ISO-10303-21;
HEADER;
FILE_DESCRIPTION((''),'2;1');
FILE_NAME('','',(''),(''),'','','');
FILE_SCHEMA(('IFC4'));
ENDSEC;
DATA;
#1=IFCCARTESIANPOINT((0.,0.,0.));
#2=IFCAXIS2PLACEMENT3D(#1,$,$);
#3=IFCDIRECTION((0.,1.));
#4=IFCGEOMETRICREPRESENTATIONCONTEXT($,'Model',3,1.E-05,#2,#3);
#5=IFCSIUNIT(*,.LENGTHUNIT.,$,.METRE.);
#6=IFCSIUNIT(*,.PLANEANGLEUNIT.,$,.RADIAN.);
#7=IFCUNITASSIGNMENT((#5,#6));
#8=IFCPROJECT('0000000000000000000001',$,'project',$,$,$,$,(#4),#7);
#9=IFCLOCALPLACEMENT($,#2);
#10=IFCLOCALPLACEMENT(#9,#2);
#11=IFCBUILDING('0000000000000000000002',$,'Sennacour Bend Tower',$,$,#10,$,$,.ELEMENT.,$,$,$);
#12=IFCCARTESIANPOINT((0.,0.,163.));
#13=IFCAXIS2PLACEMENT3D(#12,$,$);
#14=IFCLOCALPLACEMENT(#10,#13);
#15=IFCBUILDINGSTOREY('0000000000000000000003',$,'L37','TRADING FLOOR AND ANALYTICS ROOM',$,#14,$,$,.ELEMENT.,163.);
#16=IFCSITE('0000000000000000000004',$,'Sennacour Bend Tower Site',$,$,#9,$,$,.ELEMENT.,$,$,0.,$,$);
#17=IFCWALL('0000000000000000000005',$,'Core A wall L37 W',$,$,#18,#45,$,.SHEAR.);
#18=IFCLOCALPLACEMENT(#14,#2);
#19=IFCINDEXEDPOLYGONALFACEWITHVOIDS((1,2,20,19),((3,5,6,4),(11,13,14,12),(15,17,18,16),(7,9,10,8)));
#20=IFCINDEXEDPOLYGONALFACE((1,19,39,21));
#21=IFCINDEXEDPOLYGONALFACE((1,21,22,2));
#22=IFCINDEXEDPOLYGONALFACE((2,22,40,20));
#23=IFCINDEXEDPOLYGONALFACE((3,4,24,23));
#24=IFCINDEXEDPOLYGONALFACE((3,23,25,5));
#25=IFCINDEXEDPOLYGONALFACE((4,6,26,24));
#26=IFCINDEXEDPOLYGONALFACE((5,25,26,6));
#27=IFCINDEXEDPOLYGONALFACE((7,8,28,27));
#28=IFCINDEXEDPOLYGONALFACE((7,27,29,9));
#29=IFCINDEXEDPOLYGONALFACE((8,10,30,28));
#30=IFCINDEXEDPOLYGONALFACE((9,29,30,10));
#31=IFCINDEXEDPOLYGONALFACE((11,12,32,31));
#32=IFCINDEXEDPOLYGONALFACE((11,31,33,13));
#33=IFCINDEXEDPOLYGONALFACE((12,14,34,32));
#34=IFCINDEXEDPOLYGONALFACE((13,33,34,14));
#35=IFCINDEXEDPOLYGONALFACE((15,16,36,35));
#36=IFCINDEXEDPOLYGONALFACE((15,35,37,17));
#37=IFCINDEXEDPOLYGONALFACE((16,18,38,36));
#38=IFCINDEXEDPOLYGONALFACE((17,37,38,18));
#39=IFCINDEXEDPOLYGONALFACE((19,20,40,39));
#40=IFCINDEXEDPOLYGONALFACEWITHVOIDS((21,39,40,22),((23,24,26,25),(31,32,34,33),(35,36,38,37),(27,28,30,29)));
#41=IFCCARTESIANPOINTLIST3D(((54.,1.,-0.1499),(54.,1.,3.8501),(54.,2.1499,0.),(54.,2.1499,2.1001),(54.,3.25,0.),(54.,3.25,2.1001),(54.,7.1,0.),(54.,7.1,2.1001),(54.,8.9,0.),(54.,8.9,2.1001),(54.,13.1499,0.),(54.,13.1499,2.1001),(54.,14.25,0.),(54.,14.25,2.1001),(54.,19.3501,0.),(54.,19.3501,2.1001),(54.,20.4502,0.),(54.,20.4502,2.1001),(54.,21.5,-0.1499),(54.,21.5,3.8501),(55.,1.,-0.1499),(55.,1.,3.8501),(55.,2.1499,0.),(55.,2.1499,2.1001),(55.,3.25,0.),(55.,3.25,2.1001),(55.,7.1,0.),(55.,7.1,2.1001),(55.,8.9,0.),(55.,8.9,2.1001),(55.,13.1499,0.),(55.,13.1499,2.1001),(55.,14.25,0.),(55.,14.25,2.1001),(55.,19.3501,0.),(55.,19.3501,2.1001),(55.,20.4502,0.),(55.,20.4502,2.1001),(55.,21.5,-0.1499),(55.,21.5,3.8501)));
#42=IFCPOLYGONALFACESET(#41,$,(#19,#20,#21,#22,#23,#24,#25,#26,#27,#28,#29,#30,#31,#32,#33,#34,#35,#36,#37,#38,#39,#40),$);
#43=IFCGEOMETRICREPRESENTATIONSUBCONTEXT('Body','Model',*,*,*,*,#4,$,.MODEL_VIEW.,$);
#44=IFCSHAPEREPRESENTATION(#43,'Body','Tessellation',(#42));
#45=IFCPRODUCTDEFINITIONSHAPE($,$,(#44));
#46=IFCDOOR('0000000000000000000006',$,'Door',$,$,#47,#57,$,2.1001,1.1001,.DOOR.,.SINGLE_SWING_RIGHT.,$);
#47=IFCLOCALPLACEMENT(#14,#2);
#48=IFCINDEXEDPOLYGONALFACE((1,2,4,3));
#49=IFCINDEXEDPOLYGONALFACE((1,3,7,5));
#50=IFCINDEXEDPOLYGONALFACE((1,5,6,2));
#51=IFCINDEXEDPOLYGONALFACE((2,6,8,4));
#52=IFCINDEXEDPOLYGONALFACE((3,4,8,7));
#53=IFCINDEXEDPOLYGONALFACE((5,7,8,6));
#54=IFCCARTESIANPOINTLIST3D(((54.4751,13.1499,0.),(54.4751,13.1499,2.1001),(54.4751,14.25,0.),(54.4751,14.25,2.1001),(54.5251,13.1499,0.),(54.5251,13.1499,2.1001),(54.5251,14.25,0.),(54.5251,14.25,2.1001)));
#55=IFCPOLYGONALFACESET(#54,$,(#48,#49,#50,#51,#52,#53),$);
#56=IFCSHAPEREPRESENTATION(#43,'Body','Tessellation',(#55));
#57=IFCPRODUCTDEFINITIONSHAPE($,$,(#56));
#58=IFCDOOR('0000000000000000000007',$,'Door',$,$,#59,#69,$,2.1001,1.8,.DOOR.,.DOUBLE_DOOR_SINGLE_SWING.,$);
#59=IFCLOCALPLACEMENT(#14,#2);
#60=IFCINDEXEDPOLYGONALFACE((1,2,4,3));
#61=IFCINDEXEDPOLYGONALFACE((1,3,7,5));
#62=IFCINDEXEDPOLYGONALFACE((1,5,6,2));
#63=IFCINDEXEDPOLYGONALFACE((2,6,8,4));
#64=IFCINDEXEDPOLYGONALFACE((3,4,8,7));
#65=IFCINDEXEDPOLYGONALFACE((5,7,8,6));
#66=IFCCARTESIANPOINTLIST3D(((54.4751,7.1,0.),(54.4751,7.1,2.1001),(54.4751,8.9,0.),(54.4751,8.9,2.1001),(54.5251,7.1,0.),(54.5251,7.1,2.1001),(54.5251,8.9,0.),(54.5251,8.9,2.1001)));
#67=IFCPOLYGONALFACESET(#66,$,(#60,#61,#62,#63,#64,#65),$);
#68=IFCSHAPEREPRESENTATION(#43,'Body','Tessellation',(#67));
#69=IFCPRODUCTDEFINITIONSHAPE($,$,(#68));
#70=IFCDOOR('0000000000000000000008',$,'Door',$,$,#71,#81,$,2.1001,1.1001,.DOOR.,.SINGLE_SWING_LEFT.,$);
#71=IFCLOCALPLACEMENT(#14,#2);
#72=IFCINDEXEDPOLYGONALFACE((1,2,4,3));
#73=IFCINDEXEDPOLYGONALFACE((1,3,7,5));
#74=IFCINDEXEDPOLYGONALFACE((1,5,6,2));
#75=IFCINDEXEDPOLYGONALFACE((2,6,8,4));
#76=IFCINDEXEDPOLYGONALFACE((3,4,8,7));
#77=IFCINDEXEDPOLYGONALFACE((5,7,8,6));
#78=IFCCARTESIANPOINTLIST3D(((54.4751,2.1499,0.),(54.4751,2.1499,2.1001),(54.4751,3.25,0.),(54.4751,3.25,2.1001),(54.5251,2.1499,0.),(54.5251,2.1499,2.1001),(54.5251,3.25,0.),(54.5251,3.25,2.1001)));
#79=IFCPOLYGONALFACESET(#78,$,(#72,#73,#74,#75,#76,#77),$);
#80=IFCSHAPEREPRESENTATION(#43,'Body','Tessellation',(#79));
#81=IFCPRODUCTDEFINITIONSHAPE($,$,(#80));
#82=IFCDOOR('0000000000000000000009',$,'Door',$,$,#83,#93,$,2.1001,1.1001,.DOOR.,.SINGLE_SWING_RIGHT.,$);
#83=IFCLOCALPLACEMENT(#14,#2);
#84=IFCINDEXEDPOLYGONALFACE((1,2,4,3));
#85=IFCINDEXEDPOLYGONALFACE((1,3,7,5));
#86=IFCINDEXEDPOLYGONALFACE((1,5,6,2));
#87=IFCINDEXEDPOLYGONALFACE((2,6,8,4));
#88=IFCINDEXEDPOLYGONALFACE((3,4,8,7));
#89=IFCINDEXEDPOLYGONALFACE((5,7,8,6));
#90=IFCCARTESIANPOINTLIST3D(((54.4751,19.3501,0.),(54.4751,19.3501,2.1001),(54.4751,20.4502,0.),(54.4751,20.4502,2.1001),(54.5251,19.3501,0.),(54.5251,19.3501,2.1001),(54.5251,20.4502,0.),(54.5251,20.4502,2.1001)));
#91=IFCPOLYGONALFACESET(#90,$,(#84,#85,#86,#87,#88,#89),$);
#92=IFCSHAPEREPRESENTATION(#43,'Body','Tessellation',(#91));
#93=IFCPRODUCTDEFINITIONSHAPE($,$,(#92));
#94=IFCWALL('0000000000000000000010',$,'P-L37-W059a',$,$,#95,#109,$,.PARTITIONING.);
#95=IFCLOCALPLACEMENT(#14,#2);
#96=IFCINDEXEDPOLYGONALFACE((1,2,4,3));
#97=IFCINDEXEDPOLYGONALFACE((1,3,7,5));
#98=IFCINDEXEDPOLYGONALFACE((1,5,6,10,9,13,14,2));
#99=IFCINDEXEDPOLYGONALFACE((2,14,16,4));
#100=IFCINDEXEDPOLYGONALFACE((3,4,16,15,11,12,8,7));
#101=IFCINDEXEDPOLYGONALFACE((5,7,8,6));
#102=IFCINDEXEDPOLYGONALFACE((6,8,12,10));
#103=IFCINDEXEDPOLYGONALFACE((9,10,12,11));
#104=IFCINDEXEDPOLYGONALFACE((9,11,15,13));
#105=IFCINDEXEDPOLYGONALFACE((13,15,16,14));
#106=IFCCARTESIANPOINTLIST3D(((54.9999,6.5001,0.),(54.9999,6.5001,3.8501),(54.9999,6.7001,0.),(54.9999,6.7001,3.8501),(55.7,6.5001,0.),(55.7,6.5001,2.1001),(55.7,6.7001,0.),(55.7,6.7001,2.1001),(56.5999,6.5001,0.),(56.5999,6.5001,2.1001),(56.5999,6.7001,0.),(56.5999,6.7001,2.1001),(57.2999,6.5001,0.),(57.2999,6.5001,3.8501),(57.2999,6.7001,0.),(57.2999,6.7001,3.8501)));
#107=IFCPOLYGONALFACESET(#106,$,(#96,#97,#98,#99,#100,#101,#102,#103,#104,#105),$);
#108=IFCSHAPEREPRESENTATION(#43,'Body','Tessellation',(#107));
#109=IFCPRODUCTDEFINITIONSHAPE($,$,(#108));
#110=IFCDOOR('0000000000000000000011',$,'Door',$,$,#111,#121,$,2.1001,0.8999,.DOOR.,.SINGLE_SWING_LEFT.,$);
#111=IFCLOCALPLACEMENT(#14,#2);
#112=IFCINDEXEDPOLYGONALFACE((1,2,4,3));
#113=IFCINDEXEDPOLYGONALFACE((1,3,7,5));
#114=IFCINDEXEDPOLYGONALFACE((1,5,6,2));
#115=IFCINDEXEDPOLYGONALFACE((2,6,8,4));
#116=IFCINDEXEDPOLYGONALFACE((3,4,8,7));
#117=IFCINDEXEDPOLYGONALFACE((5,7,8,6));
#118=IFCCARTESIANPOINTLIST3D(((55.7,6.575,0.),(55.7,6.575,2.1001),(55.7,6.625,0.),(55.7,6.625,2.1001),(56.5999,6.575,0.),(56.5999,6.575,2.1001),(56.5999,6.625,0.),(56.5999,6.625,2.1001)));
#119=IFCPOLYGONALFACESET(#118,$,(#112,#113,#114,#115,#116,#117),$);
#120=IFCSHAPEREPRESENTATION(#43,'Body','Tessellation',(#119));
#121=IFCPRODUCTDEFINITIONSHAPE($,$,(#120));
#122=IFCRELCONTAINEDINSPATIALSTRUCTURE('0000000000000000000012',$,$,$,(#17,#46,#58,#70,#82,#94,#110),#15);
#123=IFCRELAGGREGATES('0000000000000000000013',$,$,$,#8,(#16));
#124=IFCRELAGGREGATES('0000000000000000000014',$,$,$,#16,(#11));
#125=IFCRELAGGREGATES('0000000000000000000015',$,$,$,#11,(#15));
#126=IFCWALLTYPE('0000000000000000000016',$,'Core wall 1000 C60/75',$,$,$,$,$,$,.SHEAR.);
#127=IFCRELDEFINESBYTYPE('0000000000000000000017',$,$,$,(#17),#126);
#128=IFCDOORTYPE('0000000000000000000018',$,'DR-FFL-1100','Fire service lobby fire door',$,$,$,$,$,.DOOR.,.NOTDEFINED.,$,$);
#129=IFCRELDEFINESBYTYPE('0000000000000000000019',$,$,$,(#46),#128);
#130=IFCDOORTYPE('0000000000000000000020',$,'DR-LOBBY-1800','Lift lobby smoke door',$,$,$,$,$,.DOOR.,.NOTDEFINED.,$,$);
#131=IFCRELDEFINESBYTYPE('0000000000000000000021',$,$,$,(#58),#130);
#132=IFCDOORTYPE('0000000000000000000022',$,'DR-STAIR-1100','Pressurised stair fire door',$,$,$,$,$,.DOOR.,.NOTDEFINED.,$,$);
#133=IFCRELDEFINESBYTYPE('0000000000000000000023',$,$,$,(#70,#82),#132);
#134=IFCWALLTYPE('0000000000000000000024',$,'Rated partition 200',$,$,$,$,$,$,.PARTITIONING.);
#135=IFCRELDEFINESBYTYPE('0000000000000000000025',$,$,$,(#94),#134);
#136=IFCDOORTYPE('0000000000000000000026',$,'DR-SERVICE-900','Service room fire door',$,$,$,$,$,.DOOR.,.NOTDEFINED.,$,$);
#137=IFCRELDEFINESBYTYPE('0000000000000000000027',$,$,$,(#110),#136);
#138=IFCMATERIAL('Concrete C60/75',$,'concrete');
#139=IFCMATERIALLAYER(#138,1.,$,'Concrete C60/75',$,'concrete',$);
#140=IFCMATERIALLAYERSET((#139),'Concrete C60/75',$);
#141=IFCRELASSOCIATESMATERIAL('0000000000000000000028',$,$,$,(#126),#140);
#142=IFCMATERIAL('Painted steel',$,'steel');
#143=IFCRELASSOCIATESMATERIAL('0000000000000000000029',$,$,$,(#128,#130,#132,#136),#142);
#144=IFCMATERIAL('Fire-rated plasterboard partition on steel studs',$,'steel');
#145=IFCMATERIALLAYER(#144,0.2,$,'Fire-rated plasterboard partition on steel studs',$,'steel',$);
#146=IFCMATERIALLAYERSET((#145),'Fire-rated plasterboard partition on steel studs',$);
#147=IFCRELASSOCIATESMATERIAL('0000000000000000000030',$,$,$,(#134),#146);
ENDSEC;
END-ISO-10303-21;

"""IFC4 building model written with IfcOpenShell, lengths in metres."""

from ifc_helpers import new_model, si_unit, direction, frame, frame_2d, origin, place, context, subcontext, project, spatial, rectangle, extrude, material, layer, layer_set, type_object, element, fill, save


model = new_model("IFC4")

# Units and contexts
model_context = context("Model", 3, precision=1e-05, world=origin(), true_north=direction((0.0, 1.0)))
body_context = subcontext(model_context, "Body", "Model", "MODEL_VIEW")
ifc_project = project(units=[si_unit("LENGTHUNIT", "METRE"), si_unit("PLANEANGLEUNIT", "RADIAN")], contexts=[model_context])

# Site, building, storey
site_placement = place(None, origin())
site = spatial("IfcSite", under=ifc_project, at=site_placement, Name="Sennacour Bend Tower Site", CompositionType="ELEMENT", RefElevation=0.0)
building_placement = place(site_placement, origin())
building = spatial("IfcBuilding", under=site, at=building_placement, Name="Sennacour Bend Tower", CompositionType="ELEMENT")
storey_placement = place(building_placement, frame((0.0, 0.0, 163.0)))
storey = spatial("IfcBuildingStorey", under=building, at=storey_placement, Name="L37", Description="TRADING FLOOR AND ANALYTICS ROOM", CompositionType="ELEMENT", Elevation=163.0)

# Wall, openings, doors
ifc_material_1 = material(Name="Concrete C60/75", Category="concrete")
ifc_layer_1 = layer(ifc_material_1, 1.0, Name="Concrete C60/75", Category="concrete")
ifc_layer_set_1 = layer_set([ifc_layer_1], Name="Concrete C60/75")
wall_type_1 = type_object("IfcWallType", Name="Core wall 1000 C60/75", PredefinedType="SHEAR", material=ifc_layer_set_1)
wall_1_placement = place(storey_placement, frame((54.5, 1.0, -0.1499), z_axis=(0.0, 0.0, 1.0), x_axis=(0.0, 1.0, 0.0)))
wall_1 = element("IfcWall", 1, at=wall_1_placement, inside=storey, type_object=wall_type_1, Name="Core A wall L37 W", PredefinedType="SHEAR", context=body_context, shape_type="SweptSolid", body=[
    extrude(rectangle(XDim=20.5, YDim=1.0, at=frame_2d((10.25, 0.0))), origin(), (0.0, 0.0, 1.0), 4.0),
])
opening_1_placement = place(wall_1_placement, frame((6.1001, 0.0, 0.1499)))
opening_1 = element("IfcOpeningElement", 2, at=opening_1_placement, cuts=wall_1, PredefinedType="OPENING", context=body_context, shape_type="SweptSolid", body=[
    extrude(rectangle(XDim=1.8, YDim=2.1001, at=frame_2d((0.8999, 1.05))), frame((0.0, 0.51, 0.0), z_axis=(0.0, -1.0, 0.0), x_axis=(1.0, 0.0, 0.0)), (0.0, 0.0, 1.0), 1.02),
])
opening_2_placement = place(wall_1_placement, frame((12.1499, 0.0, 0.1499)))
opening_2 = element("IfcOpeningElement", 3, at=opening_2_placement, cuts=wall_1, PredefinedType="OPENING", context=body_context, shape_type="SweptSolid", body=[
    extrude(rectangle(XDim=1.1001, YDim=2.1001, at=frame_2d((0.55, 1.05))), frame((0.0, 0.51, 0.0), z_axis=(0.0, -1.0, 0.0), x_axis=(1.0, 0.0, 0.0)), (0.0, 0.0, 1.0), 1.02),
])
opening_3_placement = place(wall_1_placement, frame((1.1499, 0.0, 0.1499)))
opening_3 = element("IfcOpeningElement", 4, at=opening_3_placement, cuts=wall_1, PredefinedType="OPENING", context=body_context, shape_type="SweptSolid", body=[
    extrude(rectangle(XDim=1.1001, YDim=2.1001, at=frame_2d((0.55, 1.05))), frame((0.0, 0.51, 0.0), z_axis=(0.0, -1.0, 0.0), x_axis=(1.0, 0.0, 0.0)), (0.0, 0.0, 1.0), 1.02),
])
opening_4_placement = place(wall_1_placement, frame((18.3501, 0.0, 0.1499)))
opening_4 = element("IfcOpeningElement", 5, at=opening_4_placement, cuts=wall_1, PredefinedType="OPENING", context=body_context, shape_type="SweptSolid", body=[
    extrude(rectangle(XDim=1.1001, YDim=2.1001, at=frame_2d((0.55, 1.05))), frame((0.0, 0.51, 0.0), z_axis=(0.0, -1.0, 0.0), x_axis=(1.0, 0.0, 0.0)), (0.0, 0.0, 1.0), 1.02),
])
ifc_material_2 = material(Name="Painted steel", Category="steel")
door_type_1 = type_object("IfcDoorType", Name="DR-FFL-1100", Description="Fire service lobby fire door", OperationType="NOTDEFINED", PredefinedType="DOOR", material=ifc_material_2)
door_1_placement = place(opening_2_placement, origin())
door_1 = element("IfcDoor", 6, at=door_1_placement, inside=storey, type_object=door_type_1, Name="Door", OperationType="SINGLE_SWING_RIGHT", OverallHeight=2.1001, OverallWidth=1.1001, PredefinedType="DOOR", context=body_context, shape_type="SweptSolid", body=[
    extrude(rectangle(XDim=1.1001, YDim=2.1001, at=frame_2d((0.55, 1.05))), frame((0.0, 0.0249, 0.0), z_axis=(0.0, -1.0, 0.0), x_axis=(1.0, 0.0, 0.0)), (0.0, 0.0, 1.0), 0.05),
])
fill(opening_2, door_1)
door_type_2 = type_object("IfcDoorType", Name="DR-LOBBY-1800", Description="Lift lobby smoke door", OperationType="NOTDEFINED", PredefinedType="DOOR", material=ifc_material_2)
door_2_placement = place(opening_1_placement, origin())
door_2 = element("IfcDoor", 7, at=door_2_placement, inside=storey, type_object=door_type_2, Name="Door", OperationType="DOUBLE_DOOR_SINGLE_SWING", OverallHeight=2.1001, OverallWidth=1.8, PredefinedType="DOOR", context=body_context, shape_type="SweptSolid", body=[
    extrude(rectangle(XDim=1.8, YDim=2.1001, at=frame_2d((0.8999, 1.05))), frame((0.0, 0.0249, 0.0), z_axis=(0.0, -1.0, 0.0), x_axis=(1.0, 0.0, 0.0)), (0.0, 0.0, 1.0), 0.05),
])
fill(opening_1, door_2)
door_type_3 = type_object("IfcDoorType", Name="DR-STAIR-1100", Description="Pressurised stair fire door", OperationType="NOTDEFINED", PredefinedType="DOOR", material=ifc_material_2)
door_3_placement = place(opening_3_placement, origin())
door_3 = element("IfcDoor", 8, at=door_3_placement, inside=storey, type_object=door_type_3, Name="Door", OperationType="SINGLE_SWING_LEFT", OverallHeight=2.1001, OverallWidth=1.1001, PredefinedType="DOOR", context=body_context, shape_type="SweptSolid", body=[
    extrude(rectangle(XDim=1.1001, YDim=2.1001, at=frame_2d((0.55, 1.05))), frame((0.0, 0.0249, 0.0), z_axis=(0.0, -1.0, 0.0), x_axis=(1.0, 0.0, 0.0)), (0.0, 0.0, 1.0), 0.05),
])
fill(opening_3, door_3)
door_4_placement = place(opening_4_placement, origin())
door_4 = element("IfcDoor", 9, at=door_4_placement, inside=storey, type_object=door_type_3, Name="Door", OperationType="SINGLE_SWING_RIGHT", OverallHeight=2.1001, OverallWidth=1.1001, PredefinedType="DOOR", context=body_context, shape_type="SweptSolid", body=[
    extrude(rectangle(XDim=1.1001, YDim=2.1001, at=frame_2d((0.55, 1.05))), frame((0.0, 0.0249, 0.0), z_axis=(0.0, -1.0, 0.0), x_axis=(1.0, 0.0, 0.0)), (0.0, 0.0, 1.0), 0.05),
])
fill(opening_4, door_4)

# Wall, opening, door
ifc_material_3 = material(Name="Fire-rated plasterboard partition on steel studs", Category="steel")
ifc_layer_2 = layer(ifc_material_3, 0.2, Name="Fire-rated plasterboard partition on steel studs", Category="steel")
ifc_layer_set_2 = layer_set([ifc_layer_2], Name="Fire-rated plasterboard partition on steel studs")
wall_type_2 = type_object("IfcWallType", Name="Rated partition 200", PredefinedType="PARTITIONING", material=ifc_layer_set_2)
wall_2_placement = place(storey_placement, frame((55.0, 6.6001, 0.0), z_axis=(0.0, 0.0, 1.0), x_axis=(1.0, 0.0, 0.0)))
wall_2 = element("IfcWall", 10, at=wall_2_placement, inside=storey, type_object=wall_type_2, Name="P-L37-W059a", PredefinedType="PARTITIONING", context=body_context, shape_type="SweptSolid", body=[
    extrude(rectangle(XDim=2.3, YDim=0.2, at=frame_2d((1.1499, 0.0))), origin(), (0.0, 0.0, 1.0), 3.8501),
])
opening_5_placement = place(wall_2_placement, frame((0.7, 0.0, 0.0)))
opening_5 = element("IfcOpeningElement", 11, at=opening_5_placement, cuts=wall_2, PredefinedType="OPENING", context=body_context, shape_type="SweptSolid", body=[
    extrude(rectangle(XDim=0.8999, YDim=2.1001, at=frame_2d((0.45, 1.05))), frame((0.0, 0.1099, 0.0), z_axis=(0.0, -1.0, 0.0), x_axis=(1.0, 0.0, 0.0)), (0.0, 0.0, 1.0), 0.22),
])
door_type_4 = type_object("IfcDoorType", Name="DR-SERVICE-900", Description="Service room fire door", OperationType="NOTDEFINED", PredefinedType="DOOR", material=ifc_material_2)
door_5_placement = place(opening_5_placement, origin())
door_5 = element("IfcDoor", 12, at=door_5_placement, inside=storey, type_object=door_type_4, Name="Door", OperationType="SINGLE_SWING_LEFT", OverallHeight=2.1001, OverallWidth=0.8999, PredefinedType="DOOR", context=body_context, shape_type="SweptSolid", body=[
    extrude(rectangle(XDim=0.8999, YDim=2.1001, at=frame_2d((0.45, 1.05))), frame((0.0, 0.0249, 0.0), z_axis=(0.0, -1.0, 0.0), x_axis=(1.0, 0.0, 0.0)), (0.0, 0.0, 1.0), 0.05),
])
fill(opening_5, door_5)

save(model, "model.ifc")
